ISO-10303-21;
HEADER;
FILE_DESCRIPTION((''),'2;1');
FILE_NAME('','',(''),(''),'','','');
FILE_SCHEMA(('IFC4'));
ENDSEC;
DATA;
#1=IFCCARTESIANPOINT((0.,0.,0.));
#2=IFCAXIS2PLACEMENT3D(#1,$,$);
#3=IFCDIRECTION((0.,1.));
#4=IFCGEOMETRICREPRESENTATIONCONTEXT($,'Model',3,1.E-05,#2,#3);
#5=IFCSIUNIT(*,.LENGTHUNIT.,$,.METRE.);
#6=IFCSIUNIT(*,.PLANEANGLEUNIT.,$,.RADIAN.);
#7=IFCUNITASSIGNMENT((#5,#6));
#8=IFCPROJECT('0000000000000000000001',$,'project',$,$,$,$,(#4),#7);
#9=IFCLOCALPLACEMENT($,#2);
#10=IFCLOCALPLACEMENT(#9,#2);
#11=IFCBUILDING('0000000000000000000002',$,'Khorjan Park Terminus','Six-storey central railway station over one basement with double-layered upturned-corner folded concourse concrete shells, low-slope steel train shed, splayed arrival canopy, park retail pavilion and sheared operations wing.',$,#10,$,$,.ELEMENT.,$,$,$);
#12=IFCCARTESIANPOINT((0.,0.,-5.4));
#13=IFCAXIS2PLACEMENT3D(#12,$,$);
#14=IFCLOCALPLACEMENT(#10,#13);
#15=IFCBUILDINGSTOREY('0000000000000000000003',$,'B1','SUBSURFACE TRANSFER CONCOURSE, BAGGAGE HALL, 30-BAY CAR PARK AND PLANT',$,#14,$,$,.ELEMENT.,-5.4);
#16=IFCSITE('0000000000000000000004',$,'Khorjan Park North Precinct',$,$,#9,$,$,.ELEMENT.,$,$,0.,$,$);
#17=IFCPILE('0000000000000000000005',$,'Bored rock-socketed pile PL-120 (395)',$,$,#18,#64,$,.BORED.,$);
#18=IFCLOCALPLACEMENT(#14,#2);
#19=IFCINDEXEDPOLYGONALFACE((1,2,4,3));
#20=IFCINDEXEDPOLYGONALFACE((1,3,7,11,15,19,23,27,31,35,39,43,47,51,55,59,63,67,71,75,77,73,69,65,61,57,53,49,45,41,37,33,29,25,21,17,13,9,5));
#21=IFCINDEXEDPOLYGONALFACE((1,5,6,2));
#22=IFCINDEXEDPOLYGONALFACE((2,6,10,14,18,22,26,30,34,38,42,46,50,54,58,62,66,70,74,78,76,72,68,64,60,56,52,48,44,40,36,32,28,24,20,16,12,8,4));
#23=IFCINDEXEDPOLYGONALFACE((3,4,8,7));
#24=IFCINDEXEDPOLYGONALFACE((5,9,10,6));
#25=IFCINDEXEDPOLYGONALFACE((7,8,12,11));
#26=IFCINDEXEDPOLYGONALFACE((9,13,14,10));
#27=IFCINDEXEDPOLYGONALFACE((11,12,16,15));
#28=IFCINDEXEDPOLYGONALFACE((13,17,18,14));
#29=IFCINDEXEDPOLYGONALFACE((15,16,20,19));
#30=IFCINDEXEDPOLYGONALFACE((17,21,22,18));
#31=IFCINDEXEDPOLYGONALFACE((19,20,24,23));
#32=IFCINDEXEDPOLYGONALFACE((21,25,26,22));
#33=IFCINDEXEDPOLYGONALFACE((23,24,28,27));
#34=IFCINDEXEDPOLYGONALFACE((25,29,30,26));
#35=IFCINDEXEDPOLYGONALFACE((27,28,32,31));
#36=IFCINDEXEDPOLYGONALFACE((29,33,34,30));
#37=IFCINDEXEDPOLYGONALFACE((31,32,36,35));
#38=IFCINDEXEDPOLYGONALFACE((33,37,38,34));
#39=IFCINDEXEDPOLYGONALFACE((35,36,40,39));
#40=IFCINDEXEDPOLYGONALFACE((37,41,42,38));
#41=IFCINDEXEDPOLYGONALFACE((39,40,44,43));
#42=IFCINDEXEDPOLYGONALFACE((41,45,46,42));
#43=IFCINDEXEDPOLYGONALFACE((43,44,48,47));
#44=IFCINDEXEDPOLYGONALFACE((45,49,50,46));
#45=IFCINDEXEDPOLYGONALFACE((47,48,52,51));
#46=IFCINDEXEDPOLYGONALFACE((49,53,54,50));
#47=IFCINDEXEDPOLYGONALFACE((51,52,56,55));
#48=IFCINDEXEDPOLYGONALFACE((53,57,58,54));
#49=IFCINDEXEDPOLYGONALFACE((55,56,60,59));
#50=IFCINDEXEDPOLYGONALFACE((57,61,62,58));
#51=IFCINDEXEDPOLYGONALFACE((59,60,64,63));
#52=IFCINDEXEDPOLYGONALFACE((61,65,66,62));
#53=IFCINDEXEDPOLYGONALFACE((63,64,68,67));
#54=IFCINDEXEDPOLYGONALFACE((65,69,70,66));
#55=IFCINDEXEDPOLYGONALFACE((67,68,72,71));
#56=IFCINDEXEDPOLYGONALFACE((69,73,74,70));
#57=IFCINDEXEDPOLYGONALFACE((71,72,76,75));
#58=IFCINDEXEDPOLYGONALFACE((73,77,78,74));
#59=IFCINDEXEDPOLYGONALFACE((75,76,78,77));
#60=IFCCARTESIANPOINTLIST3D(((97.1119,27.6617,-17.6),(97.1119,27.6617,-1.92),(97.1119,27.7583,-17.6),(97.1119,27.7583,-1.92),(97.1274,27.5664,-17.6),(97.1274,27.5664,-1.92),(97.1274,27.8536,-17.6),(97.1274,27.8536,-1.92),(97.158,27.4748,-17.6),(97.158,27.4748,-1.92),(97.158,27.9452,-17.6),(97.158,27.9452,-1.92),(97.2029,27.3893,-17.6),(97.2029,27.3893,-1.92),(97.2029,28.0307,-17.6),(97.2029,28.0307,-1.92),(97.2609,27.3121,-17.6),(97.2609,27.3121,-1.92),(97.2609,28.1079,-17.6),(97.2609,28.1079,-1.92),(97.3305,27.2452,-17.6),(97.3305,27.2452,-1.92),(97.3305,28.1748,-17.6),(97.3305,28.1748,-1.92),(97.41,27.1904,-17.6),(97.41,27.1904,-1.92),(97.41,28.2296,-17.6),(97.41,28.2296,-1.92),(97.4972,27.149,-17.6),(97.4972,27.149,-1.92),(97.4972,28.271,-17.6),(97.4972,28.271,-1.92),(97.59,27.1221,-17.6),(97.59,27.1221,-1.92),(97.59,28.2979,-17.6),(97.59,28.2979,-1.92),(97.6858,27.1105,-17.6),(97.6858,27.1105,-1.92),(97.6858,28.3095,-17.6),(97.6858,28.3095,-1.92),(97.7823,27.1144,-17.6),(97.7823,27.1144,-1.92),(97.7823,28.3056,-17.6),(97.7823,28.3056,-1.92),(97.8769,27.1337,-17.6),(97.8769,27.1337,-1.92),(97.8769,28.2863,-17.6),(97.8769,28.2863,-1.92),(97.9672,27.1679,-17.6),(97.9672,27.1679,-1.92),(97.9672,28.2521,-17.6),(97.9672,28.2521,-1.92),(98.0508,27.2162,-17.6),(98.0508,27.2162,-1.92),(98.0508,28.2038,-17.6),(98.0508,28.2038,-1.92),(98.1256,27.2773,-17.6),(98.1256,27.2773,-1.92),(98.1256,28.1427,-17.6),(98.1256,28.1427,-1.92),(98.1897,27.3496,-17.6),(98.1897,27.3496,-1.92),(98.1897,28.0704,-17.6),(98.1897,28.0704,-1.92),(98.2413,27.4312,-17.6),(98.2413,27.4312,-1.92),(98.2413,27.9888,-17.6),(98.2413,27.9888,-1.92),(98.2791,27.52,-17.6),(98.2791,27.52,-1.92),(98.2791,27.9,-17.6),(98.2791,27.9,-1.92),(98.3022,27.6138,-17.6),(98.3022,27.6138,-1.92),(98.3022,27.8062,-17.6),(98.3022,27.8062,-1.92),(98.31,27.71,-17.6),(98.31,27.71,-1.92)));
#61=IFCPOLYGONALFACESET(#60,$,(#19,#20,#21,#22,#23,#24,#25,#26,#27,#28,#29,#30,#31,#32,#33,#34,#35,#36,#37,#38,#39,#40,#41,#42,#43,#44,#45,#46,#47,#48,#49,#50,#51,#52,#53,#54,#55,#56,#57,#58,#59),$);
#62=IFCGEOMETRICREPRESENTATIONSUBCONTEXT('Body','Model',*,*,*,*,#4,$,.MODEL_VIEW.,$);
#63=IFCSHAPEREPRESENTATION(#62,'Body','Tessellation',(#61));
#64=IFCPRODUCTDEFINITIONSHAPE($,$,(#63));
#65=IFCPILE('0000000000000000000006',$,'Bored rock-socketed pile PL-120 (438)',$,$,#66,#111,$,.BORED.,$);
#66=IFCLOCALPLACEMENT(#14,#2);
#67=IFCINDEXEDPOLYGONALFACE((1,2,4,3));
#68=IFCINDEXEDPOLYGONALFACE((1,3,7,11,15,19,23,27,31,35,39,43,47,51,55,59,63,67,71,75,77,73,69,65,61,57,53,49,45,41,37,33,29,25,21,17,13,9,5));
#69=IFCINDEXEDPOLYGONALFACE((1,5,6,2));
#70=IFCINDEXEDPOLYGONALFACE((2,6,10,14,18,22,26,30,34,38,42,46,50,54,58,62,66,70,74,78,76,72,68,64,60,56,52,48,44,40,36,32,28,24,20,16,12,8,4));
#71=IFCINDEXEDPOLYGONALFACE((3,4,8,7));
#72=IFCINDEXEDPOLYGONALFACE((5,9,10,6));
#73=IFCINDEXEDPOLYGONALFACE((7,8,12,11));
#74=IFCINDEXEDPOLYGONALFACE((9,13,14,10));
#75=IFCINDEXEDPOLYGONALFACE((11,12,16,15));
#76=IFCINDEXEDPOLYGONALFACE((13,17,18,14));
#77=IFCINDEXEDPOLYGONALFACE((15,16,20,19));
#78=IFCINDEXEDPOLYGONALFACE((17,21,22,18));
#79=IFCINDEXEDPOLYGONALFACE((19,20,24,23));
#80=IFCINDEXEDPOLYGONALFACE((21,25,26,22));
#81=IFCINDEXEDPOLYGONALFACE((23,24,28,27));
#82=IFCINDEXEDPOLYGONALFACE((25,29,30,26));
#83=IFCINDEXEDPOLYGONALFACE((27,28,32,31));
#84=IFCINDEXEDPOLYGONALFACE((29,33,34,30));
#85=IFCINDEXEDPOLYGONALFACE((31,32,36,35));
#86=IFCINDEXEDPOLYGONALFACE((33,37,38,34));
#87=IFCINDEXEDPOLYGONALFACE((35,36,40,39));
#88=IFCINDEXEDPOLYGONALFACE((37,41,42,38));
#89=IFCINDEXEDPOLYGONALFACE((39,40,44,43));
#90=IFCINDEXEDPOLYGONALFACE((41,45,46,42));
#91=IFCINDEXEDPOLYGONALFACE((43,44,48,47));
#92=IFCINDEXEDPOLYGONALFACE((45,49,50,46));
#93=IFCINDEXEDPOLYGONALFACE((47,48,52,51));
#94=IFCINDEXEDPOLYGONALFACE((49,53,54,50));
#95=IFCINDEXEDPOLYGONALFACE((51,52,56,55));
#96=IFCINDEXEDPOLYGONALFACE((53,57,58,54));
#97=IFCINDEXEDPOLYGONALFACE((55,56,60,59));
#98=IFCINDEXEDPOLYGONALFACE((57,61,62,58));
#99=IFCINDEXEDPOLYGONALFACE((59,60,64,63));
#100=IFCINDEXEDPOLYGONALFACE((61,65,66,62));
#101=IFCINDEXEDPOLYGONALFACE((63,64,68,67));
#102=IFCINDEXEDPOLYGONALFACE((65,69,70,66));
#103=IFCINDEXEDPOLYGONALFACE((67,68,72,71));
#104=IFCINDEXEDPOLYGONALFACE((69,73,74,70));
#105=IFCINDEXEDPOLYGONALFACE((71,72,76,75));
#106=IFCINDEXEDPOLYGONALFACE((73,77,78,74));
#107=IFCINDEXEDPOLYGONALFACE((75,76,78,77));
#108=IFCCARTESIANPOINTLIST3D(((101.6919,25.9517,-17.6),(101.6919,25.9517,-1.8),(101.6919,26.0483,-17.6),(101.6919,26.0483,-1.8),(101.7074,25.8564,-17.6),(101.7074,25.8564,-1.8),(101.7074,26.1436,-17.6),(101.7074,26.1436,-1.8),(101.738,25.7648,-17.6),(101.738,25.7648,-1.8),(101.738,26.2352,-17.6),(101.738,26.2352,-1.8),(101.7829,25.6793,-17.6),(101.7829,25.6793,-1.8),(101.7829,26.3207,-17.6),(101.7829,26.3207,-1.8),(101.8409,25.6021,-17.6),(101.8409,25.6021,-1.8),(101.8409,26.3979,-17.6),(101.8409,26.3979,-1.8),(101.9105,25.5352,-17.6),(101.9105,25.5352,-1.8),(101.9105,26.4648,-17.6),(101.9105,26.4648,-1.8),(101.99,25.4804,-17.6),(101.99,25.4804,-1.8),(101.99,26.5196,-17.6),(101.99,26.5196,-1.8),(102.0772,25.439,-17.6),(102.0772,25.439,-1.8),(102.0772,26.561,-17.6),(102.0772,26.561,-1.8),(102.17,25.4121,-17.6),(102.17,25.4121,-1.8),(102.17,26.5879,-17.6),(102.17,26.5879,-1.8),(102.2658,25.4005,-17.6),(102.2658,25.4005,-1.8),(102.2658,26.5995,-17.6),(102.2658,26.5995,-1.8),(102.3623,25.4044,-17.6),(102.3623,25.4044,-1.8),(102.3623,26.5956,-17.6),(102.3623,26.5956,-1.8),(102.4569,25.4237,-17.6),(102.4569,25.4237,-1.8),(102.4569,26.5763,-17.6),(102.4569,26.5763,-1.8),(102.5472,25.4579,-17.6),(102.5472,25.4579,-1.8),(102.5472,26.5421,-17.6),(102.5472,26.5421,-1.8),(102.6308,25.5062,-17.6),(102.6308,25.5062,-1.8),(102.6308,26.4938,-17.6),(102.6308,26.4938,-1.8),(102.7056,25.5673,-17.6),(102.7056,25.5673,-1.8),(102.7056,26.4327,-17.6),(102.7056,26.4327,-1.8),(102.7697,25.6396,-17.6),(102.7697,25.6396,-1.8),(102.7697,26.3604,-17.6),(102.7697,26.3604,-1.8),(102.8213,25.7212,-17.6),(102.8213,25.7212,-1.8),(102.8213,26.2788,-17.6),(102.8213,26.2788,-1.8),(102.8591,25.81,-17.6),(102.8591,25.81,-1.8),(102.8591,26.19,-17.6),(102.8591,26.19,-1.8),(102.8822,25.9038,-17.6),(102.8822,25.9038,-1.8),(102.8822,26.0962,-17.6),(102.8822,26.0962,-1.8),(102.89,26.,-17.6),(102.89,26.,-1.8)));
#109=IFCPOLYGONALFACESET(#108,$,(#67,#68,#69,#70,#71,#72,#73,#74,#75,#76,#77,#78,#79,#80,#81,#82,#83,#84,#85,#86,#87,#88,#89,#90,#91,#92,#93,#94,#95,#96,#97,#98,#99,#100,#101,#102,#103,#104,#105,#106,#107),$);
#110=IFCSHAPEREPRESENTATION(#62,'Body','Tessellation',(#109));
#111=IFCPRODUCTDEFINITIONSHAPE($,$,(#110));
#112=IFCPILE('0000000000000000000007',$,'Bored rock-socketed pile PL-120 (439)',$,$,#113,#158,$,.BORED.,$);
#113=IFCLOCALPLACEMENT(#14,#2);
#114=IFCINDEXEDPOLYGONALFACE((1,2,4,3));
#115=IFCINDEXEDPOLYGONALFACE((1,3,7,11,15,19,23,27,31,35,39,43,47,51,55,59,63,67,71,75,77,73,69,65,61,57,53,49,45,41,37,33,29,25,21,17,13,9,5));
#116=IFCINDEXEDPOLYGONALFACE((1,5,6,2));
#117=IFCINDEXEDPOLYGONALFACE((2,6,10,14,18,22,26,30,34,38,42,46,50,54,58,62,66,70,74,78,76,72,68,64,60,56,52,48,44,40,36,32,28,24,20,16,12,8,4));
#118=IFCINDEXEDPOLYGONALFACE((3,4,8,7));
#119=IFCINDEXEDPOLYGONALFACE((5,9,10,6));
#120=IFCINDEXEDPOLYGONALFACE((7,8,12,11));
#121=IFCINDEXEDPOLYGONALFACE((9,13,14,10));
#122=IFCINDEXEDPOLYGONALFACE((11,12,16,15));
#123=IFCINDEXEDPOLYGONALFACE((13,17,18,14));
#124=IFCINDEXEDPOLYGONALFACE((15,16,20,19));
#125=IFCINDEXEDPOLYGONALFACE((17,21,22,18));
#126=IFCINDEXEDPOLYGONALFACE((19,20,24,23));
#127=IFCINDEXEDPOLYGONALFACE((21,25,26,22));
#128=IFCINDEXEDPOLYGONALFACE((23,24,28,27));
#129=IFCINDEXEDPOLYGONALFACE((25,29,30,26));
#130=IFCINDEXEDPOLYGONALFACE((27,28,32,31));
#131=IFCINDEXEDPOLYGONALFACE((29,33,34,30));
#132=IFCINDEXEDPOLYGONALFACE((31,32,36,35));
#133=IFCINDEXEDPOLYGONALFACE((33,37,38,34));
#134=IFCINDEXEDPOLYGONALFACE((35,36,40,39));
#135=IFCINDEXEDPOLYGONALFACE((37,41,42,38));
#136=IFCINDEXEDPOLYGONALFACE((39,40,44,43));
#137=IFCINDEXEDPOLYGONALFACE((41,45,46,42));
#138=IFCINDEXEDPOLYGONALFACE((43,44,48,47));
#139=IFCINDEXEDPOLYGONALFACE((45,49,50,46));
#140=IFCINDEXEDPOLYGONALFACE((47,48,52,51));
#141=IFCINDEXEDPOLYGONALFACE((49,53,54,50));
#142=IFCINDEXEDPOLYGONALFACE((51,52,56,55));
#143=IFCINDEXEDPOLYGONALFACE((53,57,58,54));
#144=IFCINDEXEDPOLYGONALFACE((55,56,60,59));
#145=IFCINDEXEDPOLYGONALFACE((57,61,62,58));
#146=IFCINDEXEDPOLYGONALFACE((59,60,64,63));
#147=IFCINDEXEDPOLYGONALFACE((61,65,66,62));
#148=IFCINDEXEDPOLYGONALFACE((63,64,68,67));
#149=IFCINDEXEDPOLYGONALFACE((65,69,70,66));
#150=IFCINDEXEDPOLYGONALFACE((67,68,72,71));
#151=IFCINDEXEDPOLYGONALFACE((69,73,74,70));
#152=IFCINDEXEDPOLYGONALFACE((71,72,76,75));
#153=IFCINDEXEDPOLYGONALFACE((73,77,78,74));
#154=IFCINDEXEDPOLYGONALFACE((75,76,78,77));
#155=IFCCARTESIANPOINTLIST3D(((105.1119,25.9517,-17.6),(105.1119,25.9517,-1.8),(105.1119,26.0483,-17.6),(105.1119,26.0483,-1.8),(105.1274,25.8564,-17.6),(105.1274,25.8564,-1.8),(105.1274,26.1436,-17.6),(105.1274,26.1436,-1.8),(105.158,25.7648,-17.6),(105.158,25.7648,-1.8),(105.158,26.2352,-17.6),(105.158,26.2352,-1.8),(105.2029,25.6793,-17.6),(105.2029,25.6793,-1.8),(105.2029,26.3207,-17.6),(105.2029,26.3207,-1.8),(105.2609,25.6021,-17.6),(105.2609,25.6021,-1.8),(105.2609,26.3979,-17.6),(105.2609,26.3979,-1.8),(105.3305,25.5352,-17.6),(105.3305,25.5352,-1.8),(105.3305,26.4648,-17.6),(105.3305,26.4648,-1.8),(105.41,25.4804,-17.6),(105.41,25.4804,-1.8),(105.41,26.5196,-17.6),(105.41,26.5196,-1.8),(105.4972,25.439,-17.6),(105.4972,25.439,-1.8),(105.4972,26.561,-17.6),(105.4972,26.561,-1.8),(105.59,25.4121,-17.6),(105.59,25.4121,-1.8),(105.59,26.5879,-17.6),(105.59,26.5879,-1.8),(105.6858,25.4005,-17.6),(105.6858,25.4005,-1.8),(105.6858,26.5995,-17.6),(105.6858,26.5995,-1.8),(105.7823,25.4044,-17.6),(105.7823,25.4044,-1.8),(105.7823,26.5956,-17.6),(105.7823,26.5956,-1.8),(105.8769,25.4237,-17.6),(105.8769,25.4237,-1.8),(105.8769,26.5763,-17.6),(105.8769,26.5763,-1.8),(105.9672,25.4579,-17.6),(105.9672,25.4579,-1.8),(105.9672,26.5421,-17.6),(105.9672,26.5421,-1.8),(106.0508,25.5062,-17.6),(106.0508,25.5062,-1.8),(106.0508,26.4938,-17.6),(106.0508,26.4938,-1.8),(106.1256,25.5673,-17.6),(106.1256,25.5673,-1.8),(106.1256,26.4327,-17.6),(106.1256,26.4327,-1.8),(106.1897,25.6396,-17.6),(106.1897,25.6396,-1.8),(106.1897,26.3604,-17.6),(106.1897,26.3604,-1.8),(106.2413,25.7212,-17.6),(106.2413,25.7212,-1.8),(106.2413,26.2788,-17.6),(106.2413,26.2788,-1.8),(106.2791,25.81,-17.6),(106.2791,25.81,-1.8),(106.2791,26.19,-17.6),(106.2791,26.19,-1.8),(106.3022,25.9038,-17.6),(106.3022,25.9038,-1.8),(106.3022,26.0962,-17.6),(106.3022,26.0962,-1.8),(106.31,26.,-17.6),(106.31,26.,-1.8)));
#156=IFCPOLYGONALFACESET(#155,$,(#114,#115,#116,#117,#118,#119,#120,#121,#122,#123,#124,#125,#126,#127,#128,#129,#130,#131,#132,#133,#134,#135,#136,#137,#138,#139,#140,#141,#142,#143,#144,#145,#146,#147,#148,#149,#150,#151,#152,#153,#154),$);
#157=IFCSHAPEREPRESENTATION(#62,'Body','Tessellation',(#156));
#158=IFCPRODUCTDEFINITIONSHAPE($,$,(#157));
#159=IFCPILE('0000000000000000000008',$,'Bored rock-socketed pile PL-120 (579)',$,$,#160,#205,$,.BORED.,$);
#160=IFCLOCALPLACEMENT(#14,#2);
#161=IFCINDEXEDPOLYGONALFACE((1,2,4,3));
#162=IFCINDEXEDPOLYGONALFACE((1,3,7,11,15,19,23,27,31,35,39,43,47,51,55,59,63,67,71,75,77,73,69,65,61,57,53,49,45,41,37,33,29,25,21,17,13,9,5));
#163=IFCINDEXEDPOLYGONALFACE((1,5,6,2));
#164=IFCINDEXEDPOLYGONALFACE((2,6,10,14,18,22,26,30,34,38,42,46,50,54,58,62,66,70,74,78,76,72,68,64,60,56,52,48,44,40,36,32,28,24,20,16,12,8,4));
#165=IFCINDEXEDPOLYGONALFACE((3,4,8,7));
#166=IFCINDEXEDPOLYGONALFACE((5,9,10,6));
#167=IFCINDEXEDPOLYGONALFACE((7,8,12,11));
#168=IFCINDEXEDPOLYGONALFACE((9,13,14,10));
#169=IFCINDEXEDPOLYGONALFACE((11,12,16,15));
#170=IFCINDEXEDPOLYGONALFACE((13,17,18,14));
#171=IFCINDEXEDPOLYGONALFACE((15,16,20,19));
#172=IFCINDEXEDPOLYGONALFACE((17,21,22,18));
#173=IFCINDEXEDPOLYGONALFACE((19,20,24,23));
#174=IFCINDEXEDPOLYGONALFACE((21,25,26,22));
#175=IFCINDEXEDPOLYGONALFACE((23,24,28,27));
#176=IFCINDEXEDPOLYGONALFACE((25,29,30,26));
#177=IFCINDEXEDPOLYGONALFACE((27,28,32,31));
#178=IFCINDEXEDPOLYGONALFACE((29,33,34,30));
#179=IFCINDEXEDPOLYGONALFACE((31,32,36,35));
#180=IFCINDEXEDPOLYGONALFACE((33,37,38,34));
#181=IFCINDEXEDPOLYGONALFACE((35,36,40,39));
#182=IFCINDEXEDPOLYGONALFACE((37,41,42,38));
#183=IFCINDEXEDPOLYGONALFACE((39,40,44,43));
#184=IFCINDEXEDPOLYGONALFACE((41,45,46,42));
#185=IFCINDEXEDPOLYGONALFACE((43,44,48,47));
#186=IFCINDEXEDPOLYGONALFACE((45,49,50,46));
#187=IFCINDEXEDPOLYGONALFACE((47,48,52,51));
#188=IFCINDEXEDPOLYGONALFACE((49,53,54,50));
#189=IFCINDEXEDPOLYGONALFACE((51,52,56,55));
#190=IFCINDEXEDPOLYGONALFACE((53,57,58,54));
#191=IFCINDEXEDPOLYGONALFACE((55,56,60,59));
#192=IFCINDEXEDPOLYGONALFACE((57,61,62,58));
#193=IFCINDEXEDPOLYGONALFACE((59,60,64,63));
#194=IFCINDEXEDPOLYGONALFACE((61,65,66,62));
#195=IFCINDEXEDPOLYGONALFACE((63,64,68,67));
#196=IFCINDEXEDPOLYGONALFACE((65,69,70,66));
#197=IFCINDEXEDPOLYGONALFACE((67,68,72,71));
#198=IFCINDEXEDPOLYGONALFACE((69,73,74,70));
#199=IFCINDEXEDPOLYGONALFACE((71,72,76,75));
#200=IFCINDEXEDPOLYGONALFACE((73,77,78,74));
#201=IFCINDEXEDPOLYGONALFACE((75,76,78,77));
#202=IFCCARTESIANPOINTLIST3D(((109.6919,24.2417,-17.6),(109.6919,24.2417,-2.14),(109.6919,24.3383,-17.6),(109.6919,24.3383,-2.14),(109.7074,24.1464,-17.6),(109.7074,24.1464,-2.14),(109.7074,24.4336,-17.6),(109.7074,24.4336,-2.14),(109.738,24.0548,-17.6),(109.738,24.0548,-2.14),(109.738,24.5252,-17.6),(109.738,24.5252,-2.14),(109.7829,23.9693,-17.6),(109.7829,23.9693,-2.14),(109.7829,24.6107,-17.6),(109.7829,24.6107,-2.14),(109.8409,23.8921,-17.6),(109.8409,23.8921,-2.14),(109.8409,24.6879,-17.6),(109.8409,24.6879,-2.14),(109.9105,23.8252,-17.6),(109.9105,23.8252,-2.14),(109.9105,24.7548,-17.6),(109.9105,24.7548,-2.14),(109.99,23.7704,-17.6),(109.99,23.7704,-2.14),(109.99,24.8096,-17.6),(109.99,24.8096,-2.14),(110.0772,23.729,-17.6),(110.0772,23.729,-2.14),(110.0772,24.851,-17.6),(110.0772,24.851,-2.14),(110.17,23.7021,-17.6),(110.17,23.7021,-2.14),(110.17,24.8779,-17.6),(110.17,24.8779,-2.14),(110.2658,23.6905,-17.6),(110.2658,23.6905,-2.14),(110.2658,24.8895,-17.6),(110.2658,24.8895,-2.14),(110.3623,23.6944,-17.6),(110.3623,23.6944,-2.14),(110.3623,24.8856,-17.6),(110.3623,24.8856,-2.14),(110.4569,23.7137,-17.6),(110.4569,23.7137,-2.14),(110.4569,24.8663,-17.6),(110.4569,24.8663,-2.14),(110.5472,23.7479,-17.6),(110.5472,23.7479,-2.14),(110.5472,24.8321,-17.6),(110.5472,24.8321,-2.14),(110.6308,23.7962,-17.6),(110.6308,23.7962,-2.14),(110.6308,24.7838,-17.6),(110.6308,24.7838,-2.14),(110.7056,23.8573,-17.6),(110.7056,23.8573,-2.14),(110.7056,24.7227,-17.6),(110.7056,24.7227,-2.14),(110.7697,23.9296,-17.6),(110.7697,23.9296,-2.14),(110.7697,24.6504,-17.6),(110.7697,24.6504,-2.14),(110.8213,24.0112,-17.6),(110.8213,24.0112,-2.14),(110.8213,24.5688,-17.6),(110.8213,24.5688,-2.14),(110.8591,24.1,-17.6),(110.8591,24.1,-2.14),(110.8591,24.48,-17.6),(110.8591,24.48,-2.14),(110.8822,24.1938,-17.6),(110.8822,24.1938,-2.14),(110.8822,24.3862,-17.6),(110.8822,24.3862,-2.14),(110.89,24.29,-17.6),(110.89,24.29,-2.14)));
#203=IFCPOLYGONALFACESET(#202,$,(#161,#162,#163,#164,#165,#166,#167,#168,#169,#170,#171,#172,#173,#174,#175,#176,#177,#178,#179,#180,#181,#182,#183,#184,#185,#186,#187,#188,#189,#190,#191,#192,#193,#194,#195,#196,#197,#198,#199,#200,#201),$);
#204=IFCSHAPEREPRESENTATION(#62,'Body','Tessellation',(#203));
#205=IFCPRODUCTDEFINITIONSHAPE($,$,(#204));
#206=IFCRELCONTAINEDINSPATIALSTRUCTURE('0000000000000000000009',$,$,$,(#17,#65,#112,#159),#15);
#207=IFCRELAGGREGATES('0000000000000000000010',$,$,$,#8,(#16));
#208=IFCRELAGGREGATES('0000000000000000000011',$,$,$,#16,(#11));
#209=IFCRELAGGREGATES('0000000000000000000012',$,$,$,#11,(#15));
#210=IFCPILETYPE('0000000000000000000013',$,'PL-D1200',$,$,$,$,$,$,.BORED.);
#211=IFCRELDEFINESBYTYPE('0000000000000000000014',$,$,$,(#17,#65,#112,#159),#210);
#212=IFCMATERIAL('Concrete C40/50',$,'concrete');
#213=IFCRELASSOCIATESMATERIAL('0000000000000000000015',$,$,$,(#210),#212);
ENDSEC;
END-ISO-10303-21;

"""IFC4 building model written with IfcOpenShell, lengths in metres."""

from ifc_helpers import new_model, si_unit, direction, frame, origin, origin_2d, place, context, subcontext, project, spatial, circle, extrude, material, material_profile, profile_set, type_object, element, save


model = new_model("IFC4")

# Units and contexts
model_context = context("Model", 3, precision=1e-05, world=origin(), true_north=direction((0.0, 1.0)))
body_context = subcontext(model_context, "Body", "Model", "MODEL_VIEW")
ifc_project = project(units=[si_unit("LENGTHUNIT", "METRE"), si_unit("PLANEANGLEUNIT", "RADIAN")], contexts=[model_context])

# Site, building, storey
site_placement = place(None, origin())
site = spatial("IfcSite", under=ifc_project, at=site_placement, Name="Khorjan Park North Precinct", CompositionType="ELEMENT", RefElevation=0.0)
building_placement = place(site_placement, origin())
building = spatial("IfcBuilding", under=site, at=building_placement, Name="Khorjan Park Terminus", Description="Six-storey central railway station over one basement with double-layered upturned-corner folded concourse concrete shells, low-slope steel train shed, splayed arrival canopy, park retail pavilion and sheared operations wing.", CompositionType="ELEMENT")
storey_placement = place(building_placement, frame((0.0, 0.0, -5.4)))
storey = spatial("IfcBuildingStorey", under=building, at=storey_placement, Name="B1", Description="SUBSURFACE TRANSFER CONCOURSE, BAGGAGE HALL, 30-BAY CAR PARK AND PLANT", CompositionType="ELEMENT", Elevation=-5.4)

# Shared definitions
ifc_material_1 = material(Name="Concrete C40/50", Category="concrete")

# Piles
ifc_material_profile_1 = material_profile(ifc_material_1, circle(Radius=0.6, at=origin_2d()), Name="BORED D1200")
ifc_profile_set_1 = profile_set([ifc_material_profile_1], Name="Concrete C40/50")
pile_type_1 = type_object("IfcPileType", Name="PL-D1200", PredefinedType="BORED", material=ifc_profile_set_1)
for number, where, z_axis, x_axis, name in (
    (1, (97.71, 27.71, -1.92), (0.0, 0.0, -1.0), (1.0, 0.0, 0.0), "Bored rock-socketed pile PL-120 (395)"),
):
    element("IfcPile", number, at=place(storey_placement, frame(where, z_axis=z_axis, x_axis=x_axis)), inside=storey, type_object=pile_type_1, Name=name, PredefinedType="BORED", context=body_context, shape_type="SweptSolid", body=[
        extrude(circle(Radius=0.6, at=origin_2d()), origin(), (0.0, 0.0, 1.0), 15.68),
    ])
for number, where, z_axis, x_axis, name in (
    (2, (102.29, 26.0, -1.8), (0.0, 0.0, -1.0), (1.0, 0.0, 0.0), "Bored rock-socketed pile PL-120 (438)"),
    (3, (105.71, 26.0, -1.8), (0.0, 0.0, -1.0), (1.0, 0.0, 0.0), "Bored rock-socketed pile PL-120 (439)"),
):
    element("IfcPile", number, at=place(storey_placement, frame(where, z_axis=z_axis, x_axis=x_axis)), inside=storey, type_object=pile_type_1, Name=name, PredefinedType="BORED", context=body_context, shape_type="SweptSolid", body=[
        extrude(circle(Radius=0.6, at=origin_2d()), origin(), (0.0, 0.0, 1.0), 15.8),
    ])
for number, where, z_axis, x_axis, name in (
    (4, (110.29, 24.29, -2.14), (0.0, 0.0, -1.0), (1.0, 0.0, 0.0), "Bored rock-socketed pile PL-120 (579)"),
):
    element("IfcPile", number, at=place(storey_placement, frame(where, z_axis=z_axis, x_axis=x_axis)), inside=storey, type_object=pile_type_1, Name=name, PredefinedType="BORED", context=body_context, shape_type="SweptSolid", body=[
        extrude(circle(Radius=0.6, at=origin_2d()), origin(), (0.0, 0.0, 1.0), 15.46),
    ])

save(model, "model.ifc")
